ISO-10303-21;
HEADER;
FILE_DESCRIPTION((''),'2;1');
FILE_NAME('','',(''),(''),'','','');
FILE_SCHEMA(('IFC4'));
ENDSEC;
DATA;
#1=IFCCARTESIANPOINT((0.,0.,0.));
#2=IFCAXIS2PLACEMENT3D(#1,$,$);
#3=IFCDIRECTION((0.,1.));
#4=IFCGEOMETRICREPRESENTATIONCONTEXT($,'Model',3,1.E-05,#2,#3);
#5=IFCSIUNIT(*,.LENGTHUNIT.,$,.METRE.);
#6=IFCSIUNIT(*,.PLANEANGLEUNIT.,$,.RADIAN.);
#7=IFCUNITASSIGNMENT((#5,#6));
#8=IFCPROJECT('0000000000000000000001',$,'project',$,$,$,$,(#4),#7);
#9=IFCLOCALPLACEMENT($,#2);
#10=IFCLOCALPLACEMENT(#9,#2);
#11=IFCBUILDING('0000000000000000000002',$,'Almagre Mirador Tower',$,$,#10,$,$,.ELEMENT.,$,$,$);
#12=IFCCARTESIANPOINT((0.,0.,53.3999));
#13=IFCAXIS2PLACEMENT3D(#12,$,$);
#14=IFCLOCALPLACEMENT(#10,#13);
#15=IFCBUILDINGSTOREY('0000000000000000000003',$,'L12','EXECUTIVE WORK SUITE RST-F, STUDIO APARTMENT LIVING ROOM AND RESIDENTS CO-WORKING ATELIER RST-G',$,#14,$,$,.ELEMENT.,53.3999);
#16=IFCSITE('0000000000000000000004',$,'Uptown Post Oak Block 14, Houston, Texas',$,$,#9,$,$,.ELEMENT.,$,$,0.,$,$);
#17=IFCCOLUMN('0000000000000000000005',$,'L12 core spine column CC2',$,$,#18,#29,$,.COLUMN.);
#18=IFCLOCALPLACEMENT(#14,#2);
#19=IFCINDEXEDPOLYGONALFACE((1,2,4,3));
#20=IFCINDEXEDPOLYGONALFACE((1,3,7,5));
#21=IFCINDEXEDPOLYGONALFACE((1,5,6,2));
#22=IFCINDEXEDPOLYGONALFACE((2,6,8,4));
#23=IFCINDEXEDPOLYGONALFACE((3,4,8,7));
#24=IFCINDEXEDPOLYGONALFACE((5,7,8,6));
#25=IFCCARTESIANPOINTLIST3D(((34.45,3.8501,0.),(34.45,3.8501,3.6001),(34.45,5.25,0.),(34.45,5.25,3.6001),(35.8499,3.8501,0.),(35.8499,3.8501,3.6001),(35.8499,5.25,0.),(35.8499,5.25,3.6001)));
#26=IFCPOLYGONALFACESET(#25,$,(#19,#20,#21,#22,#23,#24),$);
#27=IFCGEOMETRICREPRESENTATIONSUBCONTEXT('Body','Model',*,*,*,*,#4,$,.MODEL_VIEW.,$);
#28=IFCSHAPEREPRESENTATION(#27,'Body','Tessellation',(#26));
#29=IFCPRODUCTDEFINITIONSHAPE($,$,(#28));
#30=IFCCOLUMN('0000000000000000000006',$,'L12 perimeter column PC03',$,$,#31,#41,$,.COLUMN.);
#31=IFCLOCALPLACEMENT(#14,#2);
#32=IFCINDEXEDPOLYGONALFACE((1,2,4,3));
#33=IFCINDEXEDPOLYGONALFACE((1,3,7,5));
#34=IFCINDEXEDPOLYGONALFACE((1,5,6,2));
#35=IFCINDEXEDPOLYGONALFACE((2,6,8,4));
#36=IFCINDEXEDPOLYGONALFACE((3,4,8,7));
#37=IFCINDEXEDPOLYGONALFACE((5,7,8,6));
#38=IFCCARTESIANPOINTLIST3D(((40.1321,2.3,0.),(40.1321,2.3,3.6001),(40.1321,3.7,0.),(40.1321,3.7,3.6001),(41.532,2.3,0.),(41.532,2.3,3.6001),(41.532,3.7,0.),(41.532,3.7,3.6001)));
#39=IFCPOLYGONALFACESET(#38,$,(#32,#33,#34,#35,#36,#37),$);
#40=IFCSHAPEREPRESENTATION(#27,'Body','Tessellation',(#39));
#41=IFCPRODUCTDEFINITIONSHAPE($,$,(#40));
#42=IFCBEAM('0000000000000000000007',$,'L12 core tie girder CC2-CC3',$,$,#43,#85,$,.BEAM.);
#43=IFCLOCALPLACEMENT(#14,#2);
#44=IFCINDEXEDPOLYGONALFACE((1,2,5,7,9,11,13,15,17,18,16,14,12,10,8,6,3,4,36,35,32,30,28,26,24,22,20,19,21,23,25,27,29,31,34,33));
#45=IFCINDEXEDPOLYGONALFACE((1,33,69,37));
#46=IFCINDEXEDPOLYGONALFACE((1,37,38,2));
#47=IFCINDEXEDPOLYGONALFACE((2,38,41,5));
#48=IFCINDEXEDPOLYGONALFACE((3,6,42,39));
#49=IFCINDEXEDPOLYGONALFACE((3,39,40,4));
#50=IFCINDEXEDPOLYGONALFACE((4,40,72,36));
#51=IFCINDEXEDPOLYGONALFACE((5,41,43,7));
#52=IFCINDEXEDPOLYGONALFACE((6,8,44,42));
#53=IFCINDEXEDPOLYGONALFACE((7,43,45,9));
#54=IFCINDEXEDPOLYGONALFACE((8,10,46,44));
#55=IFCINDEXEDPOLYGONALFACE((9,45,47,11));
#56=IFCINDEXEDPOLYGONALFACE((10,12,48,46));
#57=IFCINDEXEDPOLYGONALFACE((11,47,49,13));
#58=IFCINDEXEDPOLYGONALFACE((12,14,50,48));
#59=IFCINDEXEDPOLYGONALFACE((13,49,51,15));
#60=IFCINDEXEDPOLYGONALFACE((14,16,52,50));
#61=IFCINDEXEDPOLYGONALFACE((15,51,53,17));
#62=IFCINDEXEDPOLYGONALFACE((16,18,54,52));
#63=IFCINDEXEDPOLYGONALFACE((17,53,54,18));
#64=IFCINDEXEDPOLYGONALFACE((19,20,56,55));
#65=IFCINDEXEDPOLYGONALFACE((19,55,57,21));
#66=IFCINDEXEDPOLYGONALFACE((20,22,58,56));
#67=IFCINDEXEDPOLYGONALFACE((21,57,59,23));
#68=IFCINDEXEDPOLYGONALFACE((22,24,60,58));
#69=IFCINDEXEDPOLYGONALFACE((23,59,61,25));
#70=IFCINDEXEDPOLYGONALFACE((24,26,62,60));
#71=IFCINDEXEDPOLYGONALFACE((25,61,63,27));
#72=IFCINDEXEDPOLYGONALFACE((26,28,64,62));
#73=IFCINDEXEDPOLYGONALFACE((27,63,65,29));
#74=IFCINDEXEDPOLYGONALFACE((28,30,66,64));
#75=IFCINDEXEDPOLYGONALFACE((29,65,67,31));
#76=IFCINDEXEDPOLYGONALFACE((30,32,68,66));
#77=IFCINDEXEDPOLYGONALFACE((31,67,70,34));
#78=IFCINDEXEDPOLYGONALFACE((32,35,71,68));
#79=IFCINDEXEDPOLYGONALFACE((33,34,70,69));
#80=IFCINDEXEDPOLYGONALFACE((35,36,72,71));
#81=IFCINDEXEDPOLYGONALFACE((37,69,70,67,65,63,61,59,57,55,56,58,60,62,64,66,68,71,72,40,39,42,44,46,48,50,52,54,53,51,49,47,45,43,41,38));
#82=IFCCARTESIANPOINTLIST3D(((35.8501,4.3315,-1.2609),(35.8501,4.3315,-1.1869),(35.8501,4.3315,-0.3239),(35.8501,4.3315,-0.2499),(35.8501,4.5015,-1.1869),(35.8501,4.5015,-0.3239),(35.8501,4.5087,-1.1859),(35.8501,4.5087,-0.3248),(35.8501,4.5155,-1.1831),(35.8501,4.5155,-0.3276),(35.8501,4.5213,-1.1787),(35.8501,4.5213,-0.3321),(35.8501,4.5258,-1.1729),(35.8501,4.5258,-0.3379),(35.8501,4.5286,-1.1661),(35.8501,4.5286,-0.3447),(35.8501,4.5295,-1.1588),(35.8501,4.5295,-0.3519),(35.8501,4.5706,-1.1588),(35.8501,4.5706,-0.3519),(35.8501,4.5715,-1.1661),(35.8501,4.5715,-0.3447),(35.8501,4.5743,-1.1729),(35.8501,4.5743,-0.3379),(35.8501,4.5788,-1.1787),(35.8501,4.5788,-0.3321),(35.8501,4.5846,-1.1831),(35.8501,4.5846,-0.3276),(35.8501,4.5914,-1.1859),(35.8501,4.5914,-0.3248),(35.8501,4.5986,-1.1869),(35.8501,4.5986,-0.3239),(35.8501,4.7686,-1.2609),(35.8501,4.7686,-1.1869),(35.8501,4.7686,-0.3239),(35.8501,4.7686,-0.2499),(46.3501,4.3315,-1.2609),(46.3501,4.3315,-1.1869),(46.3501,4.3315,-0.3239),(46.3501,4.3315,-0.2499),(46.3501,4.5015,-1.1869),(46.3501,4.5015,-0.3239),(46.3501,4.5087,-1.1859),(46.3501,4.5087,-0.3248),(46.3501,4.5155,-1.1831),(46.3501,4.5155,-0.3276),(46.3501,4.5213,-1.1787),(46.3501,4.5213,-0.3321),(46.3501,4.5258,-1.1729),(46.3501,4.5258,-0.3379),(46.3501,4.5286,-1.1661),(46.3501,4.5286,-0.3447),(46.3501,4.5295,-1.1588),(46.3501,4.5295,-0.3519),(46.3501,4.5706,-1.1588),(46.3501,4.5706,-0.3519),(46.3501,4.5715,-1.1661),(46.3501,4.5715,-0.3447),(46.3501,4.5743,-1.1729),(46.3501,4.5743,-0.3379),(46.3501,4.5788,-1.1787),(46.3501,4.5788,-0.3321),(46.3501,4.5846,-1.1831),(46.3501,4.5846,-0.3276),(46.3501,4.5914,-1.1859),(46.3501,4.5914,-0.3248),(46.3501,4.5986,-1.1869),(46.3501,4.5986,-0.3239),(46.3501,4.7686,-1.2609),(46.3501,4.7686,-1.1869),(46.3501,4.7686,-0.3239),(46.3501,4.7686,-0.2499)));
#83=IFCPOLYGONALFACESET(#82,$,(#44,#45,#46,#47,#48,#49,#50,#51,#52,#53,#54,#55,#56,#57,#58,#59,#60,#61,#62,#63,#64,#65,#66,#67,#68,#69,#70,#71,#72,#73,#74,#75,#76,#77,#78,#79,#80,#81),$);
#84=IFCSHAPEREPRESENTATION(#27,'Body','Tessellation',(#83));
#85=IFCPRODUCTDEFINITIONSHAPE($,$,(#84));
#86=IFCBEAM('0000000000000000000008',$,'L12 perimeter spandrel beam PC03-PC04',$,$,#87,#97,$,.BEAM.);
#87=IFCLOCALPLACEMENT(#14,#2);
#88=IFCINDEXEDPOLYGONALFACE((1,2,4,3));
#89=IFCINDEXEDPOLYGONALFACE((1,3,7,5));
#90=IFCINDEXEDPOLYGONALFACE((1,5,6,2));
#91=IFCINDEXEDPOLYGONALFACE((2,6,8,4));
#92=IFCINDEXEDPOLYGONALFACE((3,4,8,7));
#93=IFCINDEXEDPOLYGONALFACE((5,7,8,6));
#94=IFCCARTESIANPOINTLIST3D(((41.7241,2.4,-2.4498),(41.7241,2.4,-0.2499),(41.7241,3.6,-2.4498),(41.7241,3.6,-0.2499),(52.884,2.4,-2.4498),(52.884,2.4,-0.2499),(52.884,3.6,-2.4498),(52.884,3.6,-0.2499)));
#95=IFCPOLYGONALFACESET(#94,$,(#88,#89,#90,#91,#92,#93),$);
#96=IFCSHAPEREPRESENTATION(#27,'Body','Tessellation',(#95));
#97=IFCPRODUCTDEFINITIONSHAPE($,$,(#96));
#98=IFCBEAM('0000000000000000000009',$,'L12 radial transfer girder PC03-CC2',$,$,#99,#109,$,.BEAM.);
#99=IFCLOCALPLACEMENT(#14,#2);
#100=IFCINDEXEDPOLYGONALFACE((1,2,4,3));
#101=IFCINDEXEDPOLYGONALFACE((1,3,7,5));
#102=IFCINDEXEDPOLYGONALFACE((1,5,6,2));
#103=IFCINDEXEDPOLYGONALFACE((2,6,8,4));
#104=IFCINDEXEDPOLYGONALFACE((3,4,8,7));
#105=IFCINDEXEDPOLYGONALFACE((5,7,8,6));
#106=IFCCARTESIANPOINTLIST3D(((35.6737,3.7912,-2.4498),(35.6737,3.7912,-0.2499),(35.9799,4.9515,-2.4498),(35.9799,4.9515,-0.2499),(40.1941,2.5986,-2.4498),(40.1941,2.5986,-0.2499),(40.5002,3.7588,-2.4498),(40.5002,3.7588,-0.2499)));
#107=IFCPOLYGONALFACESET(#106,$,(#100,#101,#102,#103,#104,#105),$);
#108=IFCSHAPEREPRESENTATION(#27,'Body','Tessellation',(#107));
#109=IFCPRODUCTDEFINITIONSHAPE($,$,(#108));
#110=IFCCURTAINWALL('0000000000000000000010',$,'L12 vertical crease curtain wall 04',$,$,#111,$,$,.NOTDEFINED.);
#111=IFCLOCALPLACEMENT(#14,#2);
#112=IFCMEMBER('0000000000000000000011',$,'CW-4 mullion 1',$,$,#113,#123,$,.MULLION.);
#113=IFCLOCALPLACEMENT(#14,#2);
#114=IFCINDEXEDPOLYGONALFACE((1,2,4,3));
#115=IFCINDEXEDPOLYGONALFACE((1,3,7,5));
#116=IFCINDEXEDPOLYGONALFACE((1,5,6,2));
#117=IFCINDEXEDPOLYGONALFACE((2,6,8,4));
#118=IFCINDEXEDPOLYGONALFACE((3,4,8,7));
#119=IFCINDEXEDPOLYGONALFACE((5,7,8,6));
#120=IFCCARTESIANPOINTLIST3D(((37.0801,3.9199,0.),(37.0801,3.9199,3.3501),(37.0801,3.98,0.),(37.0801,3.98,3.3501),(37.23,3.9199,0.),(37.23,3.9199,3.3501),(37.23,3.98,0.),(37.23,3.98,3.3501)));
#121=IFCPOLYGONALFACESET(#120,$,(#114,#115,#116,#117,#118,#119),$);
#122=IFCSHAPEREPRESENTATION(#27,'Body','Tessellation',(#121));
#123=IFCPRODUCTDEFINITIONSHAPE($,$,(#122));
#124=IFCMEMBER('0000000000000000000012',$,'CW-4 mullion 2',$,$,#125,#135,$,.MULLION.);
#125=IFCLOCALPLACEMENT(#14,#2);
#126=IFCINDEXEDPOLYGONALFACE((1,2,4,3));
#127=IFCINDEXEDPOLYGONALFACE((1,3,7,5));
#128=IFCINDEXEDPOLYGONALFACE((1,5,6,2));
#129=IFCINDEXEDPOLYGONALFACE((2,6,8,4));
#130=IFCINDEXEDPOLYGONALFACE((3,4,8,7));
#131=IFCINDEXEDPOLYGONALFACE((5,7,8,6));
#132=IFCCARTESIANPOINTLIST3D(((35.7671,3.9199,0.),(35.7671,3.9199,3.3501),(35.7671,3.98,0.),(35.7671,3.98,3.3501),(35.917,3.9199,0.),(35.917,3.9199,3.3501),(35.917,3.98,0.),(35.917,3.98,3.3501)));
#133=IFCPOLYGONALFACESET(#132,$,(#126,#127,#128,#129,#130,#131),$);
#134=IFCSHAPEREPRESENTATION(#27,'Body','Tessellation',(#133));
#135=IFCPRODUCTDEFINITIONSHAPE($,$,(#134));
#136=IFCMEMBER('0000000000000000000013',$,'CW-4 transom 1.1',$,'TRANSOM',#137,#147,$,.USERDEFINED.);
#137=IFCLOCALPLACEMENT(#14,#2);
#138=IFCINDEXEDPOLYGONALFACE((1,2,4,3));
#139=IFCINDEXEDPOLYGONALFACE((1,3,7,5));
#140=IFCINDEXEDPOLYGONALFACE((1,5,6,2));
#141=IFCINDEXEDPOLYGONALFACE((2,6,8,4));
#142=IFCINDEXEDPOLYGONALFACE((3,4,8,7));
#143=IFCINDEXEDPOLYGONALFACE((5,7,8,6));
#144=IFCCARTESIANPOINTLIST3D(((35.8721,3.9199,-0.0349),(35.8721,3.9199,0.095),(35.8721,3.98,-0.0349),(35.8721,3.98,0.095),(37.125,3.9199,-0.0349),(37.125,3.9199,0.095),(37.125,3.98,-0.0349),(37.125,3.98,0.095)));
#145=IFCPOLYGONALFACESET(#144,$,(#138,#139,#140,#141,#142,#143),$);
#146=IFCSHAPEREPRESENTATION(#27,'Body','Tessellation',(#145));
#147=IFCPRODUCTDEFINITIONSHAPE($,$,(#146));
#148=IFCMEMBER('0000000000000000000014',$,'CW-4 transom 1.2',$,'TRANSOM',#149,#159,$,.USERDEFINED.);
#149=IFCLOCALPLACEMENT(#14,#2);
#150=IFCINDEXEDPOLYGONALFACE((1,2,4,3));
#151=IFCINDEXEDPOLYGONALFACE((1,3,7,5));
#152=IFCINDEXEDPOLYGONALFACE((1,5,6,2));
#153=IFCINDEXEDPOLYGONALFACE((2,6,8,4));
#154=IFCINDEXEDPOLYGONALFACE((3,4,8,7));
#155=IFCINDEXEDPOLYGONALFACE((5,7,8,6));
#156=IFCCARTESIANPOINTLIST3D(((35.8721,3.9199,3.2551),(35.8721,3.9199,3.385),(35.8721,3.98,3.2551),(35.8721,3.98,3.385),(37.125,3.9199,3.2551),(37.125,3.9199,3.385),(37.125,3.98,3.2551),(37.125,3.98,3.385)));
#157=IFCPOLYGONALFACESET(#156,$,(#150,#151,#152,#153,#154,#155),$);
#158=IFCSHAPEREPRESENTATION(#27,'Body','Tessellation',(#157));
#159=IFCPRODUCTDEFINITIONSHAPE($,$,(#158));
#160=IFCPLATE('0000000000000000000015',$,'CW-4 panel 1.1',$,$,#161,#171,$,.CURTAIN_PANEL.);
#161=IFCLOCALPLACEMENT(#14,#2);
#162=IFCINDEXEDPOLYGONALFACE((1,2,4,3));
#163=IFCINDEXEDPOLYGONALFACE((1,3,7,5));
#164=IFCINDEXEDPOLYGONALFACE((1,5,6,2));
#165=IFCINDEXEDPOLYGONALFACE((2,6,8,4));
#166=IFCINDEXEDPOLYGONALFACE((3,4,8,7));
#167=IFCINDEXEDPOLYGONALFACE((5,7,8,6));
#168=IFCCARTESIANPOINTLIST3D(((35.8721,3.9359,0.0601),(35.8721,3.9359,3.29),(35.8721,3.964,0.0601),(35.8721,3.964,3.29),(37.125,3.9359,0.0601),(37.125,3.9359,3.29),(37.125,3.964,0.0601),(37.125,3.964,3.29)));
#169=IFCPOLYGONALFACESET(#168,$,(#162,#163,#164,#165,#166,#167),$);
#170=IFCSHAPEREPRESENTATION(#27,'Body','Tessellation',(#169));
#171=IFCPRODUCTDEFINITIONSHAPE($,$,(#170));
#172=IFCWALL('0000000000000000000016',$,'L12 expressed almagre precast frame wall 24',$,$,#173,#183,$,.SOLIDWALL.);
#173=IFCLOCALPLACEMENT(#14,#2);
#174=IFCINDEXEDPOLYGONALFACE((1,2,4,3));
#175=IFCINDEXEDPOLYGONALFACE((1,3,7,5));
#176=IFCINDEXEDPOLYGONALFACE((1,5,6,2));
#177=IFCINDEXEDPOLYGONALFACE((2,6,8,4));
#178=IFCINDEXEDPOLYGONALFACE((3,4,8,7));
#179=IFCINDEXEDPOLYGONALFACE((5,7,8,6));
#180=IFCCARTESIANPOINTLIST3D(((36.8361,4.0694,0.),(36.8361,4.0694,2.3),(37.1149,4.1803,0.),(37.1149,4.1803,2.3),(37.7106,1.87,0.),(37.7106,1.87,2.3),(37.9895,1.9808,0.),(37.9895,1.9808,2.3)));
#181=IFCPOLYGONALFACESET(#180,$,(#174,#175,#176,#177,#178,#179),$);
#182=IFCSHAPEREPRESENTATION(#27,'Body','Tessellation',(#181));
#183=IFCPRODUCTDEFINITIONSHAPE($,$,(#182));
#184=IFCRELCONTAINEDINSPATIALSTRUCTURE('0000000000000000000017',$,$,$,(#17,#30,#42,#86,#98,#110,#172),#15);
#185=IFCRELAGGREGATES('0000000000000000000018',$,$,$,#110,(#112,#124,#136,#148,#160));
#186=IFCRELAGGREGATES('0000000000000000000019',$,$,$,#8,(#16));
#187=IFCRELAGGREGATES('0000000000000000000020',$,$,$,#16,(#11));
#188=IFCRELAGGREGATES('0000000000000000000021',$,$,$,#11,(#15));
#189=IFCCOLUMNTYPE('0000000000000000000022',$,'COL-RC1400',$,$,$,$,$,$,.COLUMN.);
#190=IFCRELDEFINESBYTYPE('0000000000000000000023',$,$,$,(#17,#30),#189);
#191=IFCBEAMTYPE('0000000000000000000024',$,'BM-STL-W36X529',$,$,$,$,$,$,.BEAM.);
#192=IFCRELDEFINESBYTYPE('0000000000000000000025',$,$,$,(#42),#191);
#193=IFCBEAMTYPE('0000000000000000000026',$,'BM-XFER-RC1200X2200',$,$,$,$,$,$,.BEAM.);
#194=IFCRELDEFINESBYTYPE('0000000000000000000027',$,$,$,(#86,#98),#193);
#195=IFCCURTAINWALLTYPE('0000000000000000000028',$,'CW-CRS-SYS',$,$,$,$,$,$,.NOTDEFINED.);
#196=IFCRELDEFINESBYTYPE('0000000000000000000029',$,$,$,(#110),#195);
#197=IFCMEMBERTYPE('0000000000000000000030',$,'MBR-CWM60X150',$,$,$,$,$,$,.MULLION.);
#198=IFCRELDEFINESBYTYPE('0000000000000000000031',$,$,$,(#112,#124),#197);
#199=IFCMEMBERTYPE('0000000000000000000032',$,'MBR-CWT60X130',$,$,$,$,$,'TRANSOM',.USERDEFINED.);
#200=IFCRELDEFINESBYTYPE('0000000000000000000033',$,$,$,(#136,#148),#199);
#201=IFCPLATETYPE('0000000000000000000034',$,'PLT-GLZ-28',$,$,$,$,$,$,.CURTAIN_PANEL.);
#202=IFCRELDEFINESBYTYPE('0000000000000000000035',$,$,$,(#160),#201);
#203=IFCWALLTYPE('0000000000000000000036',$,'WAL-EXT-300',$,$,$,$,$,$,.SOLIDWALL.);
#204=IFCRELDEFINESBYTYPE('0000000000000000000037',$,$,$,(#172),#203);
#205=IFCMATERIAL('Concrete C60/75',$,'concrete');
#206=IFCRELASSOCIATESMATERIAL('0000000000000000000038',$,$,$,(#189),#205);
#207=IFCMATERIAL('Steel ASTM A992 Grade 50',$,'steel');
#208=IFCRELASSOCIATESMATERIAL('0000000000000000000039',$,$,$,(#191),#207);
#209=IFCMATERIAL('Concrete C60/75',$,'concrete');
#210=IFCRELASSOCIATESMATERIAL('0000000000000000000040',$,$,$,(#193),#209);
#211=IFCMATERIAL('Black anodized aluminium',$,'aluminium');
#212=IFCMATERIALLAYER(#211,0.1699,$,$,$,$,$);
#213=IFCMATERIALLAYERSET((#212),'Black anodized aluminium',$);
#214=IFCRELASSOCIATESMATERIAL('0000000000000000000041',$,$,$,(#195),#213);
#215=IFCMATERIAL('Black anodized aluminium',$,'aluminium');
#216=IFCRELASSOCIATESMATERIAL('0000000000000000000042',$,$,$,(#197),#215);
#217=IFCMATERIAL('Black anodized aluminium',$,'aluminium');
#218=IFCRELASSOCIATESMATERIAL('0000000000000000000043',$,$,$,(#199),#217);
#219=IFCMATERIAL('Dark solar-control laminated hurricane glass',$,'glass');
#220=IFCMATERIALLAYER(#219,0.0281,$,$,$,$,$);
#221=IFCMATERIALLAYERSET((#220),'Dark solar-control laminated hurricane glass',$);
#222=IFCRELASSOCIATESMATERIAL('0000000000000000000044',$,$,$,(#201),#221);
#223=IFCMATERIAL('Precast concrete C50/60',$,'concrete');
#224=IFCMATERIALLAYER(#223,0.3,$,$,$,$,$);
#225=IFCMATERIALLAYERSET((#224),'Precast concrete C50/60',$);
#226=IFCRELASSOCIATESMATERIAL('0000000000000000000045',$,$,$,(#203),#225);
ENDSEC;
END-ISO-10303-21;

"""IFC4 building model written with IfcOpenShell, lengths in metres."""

from ifc_helpers import new_model, si_unit, direction, frame, frame_2d, origin, origin_2d, place, context, subcontext, project, spatial, rectangle, i_section, extrude, material, layer, layer_set, material_profile, profile_set, type_object, element, aggregate, save


model = new_model("IFC4")

# Units and contexts
model_context = context("Model", 3, precision=1e-05, world=origin(), true_north=direction((0.0, 1.0)))
body_context = subcontext(model_context, "Body", "Model", "MODEL_VIEW")
ifc_project = project(units=[si_unit("LENGTHUNIT", "METRE"), si_unit("PLANEANGLEUNIT", "RADIAN")], contexts=[model_context])

# Site, building, storey
site_placement = place(None, origin())
site = spatial("IfcSite", under=ifc_project, at=site_placement, Name="Uptown Post Oak Block 14, Houston, Texas", CompositionType="ELEMENT", RefElevation=0.0)
building_placement = place(site_placement, origin())
building = spatial("IfcBuilding", under=site, at=building_placement, Name="Almagre Mirador Tower", CompositionType="ELEMENT")
storey_placement = place(building_placement, frame((0.0, 0.0, 53.3999)))
storey = spatial("IfcBuildingStorey", under=building, at=storey_placement, Name="L12", Description="EXECUTIVE WORK SUITE RST-F, STUDIO APARTMENT LIVING ROOM AND RESIDENTS CO-WORKING ATELIER RST-G", CompositionType="ELEMENT", Elevation=53.3999)

# Columns
ifc_material_1 = material(Name="Concrete C60/75", Category="concrete")
ifc_material_profile_1 = material_profile(ifc_material_1, rectangle(XDim=1.3999, YDim=1.3999, at=origin_2d()), Name="RC1400X1400")
ifc_profile_set_1 = profile_set([ifc_material_profile_1], Name="Concrete C60/75")
column_type = type_object("IfcColumnType", Name="COL-RC1400", PredefinedType="COLUMN", material=ifc_profile_set_1)
for number, where, z_axis, x_axis, name in (
    (1, (35.1499, 4.55, 0.0), (0.0, 0.0, 1.0), (1.0, 0.0, 0.0), "L12 core spine column CC2"),
    (2, (40.832, 3.0, 0.0), (0.0, 0.0, 1.0), (1.0, 0.0, 0.0), "L12 perimeter column PC03"),
):
    element("IfcColumn", number, at=place(storey_placement, frame(where, z_axis=z_axis, x_axis=x_axis)), inside=storey, type_object=column_type, Name=name, PredefinedType="COLUMN", context=body_context, shape_type="SweptSolid", body=[
        extrude(rectangle(XDim=1.3999, YDim=1.3999, at=origin_2d()), origin(), (0.0, 0.0, 1.0), 3.6001),
    ])

# Beams
ifc_material_2 = material(Name="Steel ASTM A992 Grade 50", Category="steel")
ifc_material_profile_2 = material_profile(ifc_material_2, i_section(OverallWidth=0.437, OverallDepth=1.011, WebThickness=0.041, FlangeThickness=0.074, FilletRadius=0.0281, at=origin_2d()), Name="W36X529")
ifc_profile_set_2 = profile_set([ifc_material_profile_2], Name="Steel ASTM A992 Grade 50")
beam_type_1 = type_object("IfcBeamType", Name="BM-STL-W36X529", PredefinedType="BEAM", material=ifc_profile_set_2)
beam_1_placement = place(storey_placement, frame((35.8501, 4.55, -0.7554), z_axis=(1.0, 0.0, 0.0), x_axis=(0.0, 1.0, 0.0)))
element("IfcBeam", 3, at=beam_1_placement, inside=storey, type_object=beam_type_1, Name="L12 core tie girder CC2-CC3", PredefinedType="BEAM", context=body_context, shape_type="SweptSolid", body=[
    extrude(i_section(OverallWidth=0.437, OverallDepth=1.011, WebThickness=0.041, FlangeThickness=0.074, FilletRadius=0.0281, at=origin_2d()), origin(), (0.0, 0.0, 1.0), 10.5),
])
ifc_material_3 = material(Name="Concrete C60/75", Category="concrete")
ifc_material_profile_3 = material_profile(ifc_material_3, rectangle(XDim=1.2, YDim=2.2, at=origin_2d()), Name="RC1200X2200")
ifc_profile_set_3 = profile_set([ifc_material_profile_3], Name="Concrete C60/75")
beam_type_2 = type_object("IfcBeamType", Name="BM-XFER-RC1200X2200", PredefinedType="BEAM", material=ifc_profile_set_3)
beam_2_placement = place(storey_placement, frame((41.7241, 3.0, -1.3499), z_axis=(1.0, 0.0, 0.0), x_axis=(0.0, 1.0, 0.0)))
element("IfcBeam", 4, at=beam_2_placement, inside=storey, type_object=beam_type_2, Name="L12 perimeter spandrel beam PC03-PC04", PredefinedType="BEAM", context=body_context, shape_type="SweptSolid", body=[
    extrude(rectangle(XDim=1.2, YDim=2.2, at=origin_2d()), origin(), (0.0, 0.0, 1.0), 11.1599),
])
beam_3_placement = place(storey_placement, frame((40.3472, 3.1787, -1.3499), z_axis=(-0.966912, 0.25511, 0.0), x_axis=(-0.25511, -0.966912, 0.0)))
element("IfcBeam", 5, at=beam_3_placement, inside=storey, type_object=beam_type_2, Name="L12 radial transfer girder PC03-CC2", PredefinedType="BEAM", context=body_context, shape_type="SweptSolid", body=[
    extrude(rectangle(XDim=1.2, YDim=2.2, at=origin_2d()), origin(), (0.0, 0.0, 1.0), 4.675),
])

# Curtain wall, members, plate
ifc_material_4 = material(Name="Black anodized aluminium", Category="aluminium")
ifc_layer_1 = layer(ifc_material_4, 0.1699)
ifc_layer_set_1 = layer_set([ifc_layer_1], Name="Black anodized aluminium")
curtain_wall_type = type_object("IfcCurtainWallType", Name="CW-CRS-SYS", PredefinedType="NOTDEFINED", material=ifc_layer_set_1)
curtain_wall_placement = place(storey_placement, origin())
curtain_wall = element("IfcCurtainWall", 6, at=curtain_wall_placement, inside=storey, type_object=curtain_wall_type, Name="L12 vertical crease curtain wall 04", PredefinedType="NOTDEFINED")
ifc_material_5 = material(Name="Black anodized aluminium", Category="aluminium")
ifc_material_profile_4 = material_profile(ifc_material_5, rectangle(XDim=0.0601, YDim=0.1499, at=origin_2d()), Name="CWM60X150")
ifc_profile_set_4 = profile_set([ifc_material_profile_4], Name="Black anodized aluminium")
member_type_1 = type_object("IfcMemberType", Name="MBR-CWM60X150", PredefinedType="MULLION", material=ifc_profile_set_4)
member_1_placement = place(storey_placement, frame((37.155, 3.95, 0.0), z_axis=(0.0, 0.0, 1.0), x_axis=(0.0, -1.0, 0.0)))
member_1 = element("IfcMember", 7, at=member_1_placement, type_object=member_type_1, Name="CW-4 mullion 1", PredefinedType="MULLION", context=body_context, shape_type="SweptSolid", body=[
    extrude(rectangle(XDim=0.0601, YDim=0.1499, at=origin_2d()), origin(), (0.0, 0.0, 1.0), 3.3501),
])
member_2_placement = place(storey_placement, frame((35.842, 3.95, 0.0), z_axis=(0.0, 0.0, 1.0), x_axis=(0.0, -1.0, 0.0)))
member_2 = element("IfcMember", 8, at=member_2_placement, type_object=member_type_1, Name="CW-4 mullion 2", PredefinedType="MULLION", context=body_context, shape_type="SweptSolid", body=[
    extrude(rectangle(XDim=0.0601, YDim=0.1499, at=origin_2d()), origin(), (0.0, 0.0, 1.0), 3.3501),
])
ifc_material_6 = material(Name="Black anodized aluminium", Category="aluminium")
ifc_material_profile_5 = material_profile(ifc_material_6, rectangle(XDim=0.0601, YDim=0.1299, at=origin_2d()), Name="CWT60X130")
ifc_profile_set_5 = profile_set([ifc_material_profile_5], Name="Black anodized aluminium")
member_type_2 = type_object("IfcMemberType", Name="MBR-CWT60X130", ElementType="TRANSOM", PredefinedType="USERDEFINED", material=ifc_profile_set_5)
member_3_placement = place(storey_placement, frame((37.125, 3.95, 0.03), z_axis=(-1.0, 0.0, 0.0), x_axis=(0.0, -1.0, 0.0)))
member_3 = element("IfcMember", 9, at=member_3_placement, type_object=member_type_2, Name="CW-4 transom 1.1", ObjectType="TRANSOM", PredefinedType="USERDEFINED", context=body_context, shape_type="SweptSolid", body=[
    extrude(rectangle(XDim=0.0601, YDim=0.1299, at=origin_2d()), origin(), (0.0, 0.0, 1.0), 1.2529),
])
member_4_placement = place(storey_placement, frame((37.125, 3.95, 3.3201), z_axis=(-1.0, 0.0, 0.0), x_axis=(0.0, -1.0, 0.0)))
member_4 = element("IfcMember", 10, at=member_4_placement, type_object=member_type_2, Name="CW-4 transom 1.2", ObjectType="TRANSOM", PredefinedType="USERDEFINED", context=body_context, shape_type="SweptSolid", body=[
    extrude(rectangle(XDim=0.0601, YDim=0.1299, at=origin_2d()), origin(), (0.0, 0.0, 1.0), 1.2529),
])
ifc_material_7 = material(Name="Dark solar-control laminated hurricane glass", Category="glass")
ifc_layer_2 = layer(ifc_material_7, 0.0281)
ifc_layer_set_2 = layer_set([ifc_layer_2], Name="Dark solar-control laminated hurricane glass")
plate_type = type_object("IfcPlateType", Name="PLT-GLZ-28", PredefinedType="CURTAIN_PANEL", material=ifc_layer_set_2)
plate_placement = place(storey_placement, frame((36.4985, 3.95, 0.0601), z_axis=(0.0, 0.0, 1.0), x_axis=(-1.0, 0.0, 0.0)))
plate = element("IfcPlate", 11, at=plate_placement, type_object=plate_type, Name="CW-4 panel 1.1", PredefinedType="CURTAIN_PANEL", context=body_context, shape_type="SweptSolid", body=[
    extrude(rectangle(XDim=1.2529, YDim=0.0281, at=origin_2d()), origin(), (0.0, 0.0, 1.0), 3.23),
])
aggregate(curtain_wall, [member_1, member_2, member_3, member_4, plate])

# Wall
ifc_material_8 = material(Name="Precast concrete C50/60", Category="concrete")
ifc_layer_3 = layer(ifc_material_8, 0.3)
ifc_layer_set_3 = layer_set([ifc_layer_3], Name="Precast concrete C50/60")
wall_type_1 = type_object("IfcWallType", Name="WAL-EXT-300", PredefinedType="SOLIDWALL", material=ifc_layer_set_3)
wall_1_placement = place(storey_placement, frame((37.8501, 1.9253, 0.0), z_axis=(0.0, 0.0, 1.0), x_axis=(-0.369469, 0.929243, 0.0)))
element("IfcWall", 12, at=wall_1_placement, inside=storey, type_object=wall_type_1, Name="L12 expressed almagre precast frame wall 24", PredefinedType="SOLIDWALL", context=body_context, shape_type="SweptSolid", body=[
    extrude(rectangle(XDim=2.3669, YDim=0.3, at=frame_2d((1.1836, 0.0))), origin(), (0.0, 0.0, 1.0), 2.3),
])

save(model, "model.ifc")
